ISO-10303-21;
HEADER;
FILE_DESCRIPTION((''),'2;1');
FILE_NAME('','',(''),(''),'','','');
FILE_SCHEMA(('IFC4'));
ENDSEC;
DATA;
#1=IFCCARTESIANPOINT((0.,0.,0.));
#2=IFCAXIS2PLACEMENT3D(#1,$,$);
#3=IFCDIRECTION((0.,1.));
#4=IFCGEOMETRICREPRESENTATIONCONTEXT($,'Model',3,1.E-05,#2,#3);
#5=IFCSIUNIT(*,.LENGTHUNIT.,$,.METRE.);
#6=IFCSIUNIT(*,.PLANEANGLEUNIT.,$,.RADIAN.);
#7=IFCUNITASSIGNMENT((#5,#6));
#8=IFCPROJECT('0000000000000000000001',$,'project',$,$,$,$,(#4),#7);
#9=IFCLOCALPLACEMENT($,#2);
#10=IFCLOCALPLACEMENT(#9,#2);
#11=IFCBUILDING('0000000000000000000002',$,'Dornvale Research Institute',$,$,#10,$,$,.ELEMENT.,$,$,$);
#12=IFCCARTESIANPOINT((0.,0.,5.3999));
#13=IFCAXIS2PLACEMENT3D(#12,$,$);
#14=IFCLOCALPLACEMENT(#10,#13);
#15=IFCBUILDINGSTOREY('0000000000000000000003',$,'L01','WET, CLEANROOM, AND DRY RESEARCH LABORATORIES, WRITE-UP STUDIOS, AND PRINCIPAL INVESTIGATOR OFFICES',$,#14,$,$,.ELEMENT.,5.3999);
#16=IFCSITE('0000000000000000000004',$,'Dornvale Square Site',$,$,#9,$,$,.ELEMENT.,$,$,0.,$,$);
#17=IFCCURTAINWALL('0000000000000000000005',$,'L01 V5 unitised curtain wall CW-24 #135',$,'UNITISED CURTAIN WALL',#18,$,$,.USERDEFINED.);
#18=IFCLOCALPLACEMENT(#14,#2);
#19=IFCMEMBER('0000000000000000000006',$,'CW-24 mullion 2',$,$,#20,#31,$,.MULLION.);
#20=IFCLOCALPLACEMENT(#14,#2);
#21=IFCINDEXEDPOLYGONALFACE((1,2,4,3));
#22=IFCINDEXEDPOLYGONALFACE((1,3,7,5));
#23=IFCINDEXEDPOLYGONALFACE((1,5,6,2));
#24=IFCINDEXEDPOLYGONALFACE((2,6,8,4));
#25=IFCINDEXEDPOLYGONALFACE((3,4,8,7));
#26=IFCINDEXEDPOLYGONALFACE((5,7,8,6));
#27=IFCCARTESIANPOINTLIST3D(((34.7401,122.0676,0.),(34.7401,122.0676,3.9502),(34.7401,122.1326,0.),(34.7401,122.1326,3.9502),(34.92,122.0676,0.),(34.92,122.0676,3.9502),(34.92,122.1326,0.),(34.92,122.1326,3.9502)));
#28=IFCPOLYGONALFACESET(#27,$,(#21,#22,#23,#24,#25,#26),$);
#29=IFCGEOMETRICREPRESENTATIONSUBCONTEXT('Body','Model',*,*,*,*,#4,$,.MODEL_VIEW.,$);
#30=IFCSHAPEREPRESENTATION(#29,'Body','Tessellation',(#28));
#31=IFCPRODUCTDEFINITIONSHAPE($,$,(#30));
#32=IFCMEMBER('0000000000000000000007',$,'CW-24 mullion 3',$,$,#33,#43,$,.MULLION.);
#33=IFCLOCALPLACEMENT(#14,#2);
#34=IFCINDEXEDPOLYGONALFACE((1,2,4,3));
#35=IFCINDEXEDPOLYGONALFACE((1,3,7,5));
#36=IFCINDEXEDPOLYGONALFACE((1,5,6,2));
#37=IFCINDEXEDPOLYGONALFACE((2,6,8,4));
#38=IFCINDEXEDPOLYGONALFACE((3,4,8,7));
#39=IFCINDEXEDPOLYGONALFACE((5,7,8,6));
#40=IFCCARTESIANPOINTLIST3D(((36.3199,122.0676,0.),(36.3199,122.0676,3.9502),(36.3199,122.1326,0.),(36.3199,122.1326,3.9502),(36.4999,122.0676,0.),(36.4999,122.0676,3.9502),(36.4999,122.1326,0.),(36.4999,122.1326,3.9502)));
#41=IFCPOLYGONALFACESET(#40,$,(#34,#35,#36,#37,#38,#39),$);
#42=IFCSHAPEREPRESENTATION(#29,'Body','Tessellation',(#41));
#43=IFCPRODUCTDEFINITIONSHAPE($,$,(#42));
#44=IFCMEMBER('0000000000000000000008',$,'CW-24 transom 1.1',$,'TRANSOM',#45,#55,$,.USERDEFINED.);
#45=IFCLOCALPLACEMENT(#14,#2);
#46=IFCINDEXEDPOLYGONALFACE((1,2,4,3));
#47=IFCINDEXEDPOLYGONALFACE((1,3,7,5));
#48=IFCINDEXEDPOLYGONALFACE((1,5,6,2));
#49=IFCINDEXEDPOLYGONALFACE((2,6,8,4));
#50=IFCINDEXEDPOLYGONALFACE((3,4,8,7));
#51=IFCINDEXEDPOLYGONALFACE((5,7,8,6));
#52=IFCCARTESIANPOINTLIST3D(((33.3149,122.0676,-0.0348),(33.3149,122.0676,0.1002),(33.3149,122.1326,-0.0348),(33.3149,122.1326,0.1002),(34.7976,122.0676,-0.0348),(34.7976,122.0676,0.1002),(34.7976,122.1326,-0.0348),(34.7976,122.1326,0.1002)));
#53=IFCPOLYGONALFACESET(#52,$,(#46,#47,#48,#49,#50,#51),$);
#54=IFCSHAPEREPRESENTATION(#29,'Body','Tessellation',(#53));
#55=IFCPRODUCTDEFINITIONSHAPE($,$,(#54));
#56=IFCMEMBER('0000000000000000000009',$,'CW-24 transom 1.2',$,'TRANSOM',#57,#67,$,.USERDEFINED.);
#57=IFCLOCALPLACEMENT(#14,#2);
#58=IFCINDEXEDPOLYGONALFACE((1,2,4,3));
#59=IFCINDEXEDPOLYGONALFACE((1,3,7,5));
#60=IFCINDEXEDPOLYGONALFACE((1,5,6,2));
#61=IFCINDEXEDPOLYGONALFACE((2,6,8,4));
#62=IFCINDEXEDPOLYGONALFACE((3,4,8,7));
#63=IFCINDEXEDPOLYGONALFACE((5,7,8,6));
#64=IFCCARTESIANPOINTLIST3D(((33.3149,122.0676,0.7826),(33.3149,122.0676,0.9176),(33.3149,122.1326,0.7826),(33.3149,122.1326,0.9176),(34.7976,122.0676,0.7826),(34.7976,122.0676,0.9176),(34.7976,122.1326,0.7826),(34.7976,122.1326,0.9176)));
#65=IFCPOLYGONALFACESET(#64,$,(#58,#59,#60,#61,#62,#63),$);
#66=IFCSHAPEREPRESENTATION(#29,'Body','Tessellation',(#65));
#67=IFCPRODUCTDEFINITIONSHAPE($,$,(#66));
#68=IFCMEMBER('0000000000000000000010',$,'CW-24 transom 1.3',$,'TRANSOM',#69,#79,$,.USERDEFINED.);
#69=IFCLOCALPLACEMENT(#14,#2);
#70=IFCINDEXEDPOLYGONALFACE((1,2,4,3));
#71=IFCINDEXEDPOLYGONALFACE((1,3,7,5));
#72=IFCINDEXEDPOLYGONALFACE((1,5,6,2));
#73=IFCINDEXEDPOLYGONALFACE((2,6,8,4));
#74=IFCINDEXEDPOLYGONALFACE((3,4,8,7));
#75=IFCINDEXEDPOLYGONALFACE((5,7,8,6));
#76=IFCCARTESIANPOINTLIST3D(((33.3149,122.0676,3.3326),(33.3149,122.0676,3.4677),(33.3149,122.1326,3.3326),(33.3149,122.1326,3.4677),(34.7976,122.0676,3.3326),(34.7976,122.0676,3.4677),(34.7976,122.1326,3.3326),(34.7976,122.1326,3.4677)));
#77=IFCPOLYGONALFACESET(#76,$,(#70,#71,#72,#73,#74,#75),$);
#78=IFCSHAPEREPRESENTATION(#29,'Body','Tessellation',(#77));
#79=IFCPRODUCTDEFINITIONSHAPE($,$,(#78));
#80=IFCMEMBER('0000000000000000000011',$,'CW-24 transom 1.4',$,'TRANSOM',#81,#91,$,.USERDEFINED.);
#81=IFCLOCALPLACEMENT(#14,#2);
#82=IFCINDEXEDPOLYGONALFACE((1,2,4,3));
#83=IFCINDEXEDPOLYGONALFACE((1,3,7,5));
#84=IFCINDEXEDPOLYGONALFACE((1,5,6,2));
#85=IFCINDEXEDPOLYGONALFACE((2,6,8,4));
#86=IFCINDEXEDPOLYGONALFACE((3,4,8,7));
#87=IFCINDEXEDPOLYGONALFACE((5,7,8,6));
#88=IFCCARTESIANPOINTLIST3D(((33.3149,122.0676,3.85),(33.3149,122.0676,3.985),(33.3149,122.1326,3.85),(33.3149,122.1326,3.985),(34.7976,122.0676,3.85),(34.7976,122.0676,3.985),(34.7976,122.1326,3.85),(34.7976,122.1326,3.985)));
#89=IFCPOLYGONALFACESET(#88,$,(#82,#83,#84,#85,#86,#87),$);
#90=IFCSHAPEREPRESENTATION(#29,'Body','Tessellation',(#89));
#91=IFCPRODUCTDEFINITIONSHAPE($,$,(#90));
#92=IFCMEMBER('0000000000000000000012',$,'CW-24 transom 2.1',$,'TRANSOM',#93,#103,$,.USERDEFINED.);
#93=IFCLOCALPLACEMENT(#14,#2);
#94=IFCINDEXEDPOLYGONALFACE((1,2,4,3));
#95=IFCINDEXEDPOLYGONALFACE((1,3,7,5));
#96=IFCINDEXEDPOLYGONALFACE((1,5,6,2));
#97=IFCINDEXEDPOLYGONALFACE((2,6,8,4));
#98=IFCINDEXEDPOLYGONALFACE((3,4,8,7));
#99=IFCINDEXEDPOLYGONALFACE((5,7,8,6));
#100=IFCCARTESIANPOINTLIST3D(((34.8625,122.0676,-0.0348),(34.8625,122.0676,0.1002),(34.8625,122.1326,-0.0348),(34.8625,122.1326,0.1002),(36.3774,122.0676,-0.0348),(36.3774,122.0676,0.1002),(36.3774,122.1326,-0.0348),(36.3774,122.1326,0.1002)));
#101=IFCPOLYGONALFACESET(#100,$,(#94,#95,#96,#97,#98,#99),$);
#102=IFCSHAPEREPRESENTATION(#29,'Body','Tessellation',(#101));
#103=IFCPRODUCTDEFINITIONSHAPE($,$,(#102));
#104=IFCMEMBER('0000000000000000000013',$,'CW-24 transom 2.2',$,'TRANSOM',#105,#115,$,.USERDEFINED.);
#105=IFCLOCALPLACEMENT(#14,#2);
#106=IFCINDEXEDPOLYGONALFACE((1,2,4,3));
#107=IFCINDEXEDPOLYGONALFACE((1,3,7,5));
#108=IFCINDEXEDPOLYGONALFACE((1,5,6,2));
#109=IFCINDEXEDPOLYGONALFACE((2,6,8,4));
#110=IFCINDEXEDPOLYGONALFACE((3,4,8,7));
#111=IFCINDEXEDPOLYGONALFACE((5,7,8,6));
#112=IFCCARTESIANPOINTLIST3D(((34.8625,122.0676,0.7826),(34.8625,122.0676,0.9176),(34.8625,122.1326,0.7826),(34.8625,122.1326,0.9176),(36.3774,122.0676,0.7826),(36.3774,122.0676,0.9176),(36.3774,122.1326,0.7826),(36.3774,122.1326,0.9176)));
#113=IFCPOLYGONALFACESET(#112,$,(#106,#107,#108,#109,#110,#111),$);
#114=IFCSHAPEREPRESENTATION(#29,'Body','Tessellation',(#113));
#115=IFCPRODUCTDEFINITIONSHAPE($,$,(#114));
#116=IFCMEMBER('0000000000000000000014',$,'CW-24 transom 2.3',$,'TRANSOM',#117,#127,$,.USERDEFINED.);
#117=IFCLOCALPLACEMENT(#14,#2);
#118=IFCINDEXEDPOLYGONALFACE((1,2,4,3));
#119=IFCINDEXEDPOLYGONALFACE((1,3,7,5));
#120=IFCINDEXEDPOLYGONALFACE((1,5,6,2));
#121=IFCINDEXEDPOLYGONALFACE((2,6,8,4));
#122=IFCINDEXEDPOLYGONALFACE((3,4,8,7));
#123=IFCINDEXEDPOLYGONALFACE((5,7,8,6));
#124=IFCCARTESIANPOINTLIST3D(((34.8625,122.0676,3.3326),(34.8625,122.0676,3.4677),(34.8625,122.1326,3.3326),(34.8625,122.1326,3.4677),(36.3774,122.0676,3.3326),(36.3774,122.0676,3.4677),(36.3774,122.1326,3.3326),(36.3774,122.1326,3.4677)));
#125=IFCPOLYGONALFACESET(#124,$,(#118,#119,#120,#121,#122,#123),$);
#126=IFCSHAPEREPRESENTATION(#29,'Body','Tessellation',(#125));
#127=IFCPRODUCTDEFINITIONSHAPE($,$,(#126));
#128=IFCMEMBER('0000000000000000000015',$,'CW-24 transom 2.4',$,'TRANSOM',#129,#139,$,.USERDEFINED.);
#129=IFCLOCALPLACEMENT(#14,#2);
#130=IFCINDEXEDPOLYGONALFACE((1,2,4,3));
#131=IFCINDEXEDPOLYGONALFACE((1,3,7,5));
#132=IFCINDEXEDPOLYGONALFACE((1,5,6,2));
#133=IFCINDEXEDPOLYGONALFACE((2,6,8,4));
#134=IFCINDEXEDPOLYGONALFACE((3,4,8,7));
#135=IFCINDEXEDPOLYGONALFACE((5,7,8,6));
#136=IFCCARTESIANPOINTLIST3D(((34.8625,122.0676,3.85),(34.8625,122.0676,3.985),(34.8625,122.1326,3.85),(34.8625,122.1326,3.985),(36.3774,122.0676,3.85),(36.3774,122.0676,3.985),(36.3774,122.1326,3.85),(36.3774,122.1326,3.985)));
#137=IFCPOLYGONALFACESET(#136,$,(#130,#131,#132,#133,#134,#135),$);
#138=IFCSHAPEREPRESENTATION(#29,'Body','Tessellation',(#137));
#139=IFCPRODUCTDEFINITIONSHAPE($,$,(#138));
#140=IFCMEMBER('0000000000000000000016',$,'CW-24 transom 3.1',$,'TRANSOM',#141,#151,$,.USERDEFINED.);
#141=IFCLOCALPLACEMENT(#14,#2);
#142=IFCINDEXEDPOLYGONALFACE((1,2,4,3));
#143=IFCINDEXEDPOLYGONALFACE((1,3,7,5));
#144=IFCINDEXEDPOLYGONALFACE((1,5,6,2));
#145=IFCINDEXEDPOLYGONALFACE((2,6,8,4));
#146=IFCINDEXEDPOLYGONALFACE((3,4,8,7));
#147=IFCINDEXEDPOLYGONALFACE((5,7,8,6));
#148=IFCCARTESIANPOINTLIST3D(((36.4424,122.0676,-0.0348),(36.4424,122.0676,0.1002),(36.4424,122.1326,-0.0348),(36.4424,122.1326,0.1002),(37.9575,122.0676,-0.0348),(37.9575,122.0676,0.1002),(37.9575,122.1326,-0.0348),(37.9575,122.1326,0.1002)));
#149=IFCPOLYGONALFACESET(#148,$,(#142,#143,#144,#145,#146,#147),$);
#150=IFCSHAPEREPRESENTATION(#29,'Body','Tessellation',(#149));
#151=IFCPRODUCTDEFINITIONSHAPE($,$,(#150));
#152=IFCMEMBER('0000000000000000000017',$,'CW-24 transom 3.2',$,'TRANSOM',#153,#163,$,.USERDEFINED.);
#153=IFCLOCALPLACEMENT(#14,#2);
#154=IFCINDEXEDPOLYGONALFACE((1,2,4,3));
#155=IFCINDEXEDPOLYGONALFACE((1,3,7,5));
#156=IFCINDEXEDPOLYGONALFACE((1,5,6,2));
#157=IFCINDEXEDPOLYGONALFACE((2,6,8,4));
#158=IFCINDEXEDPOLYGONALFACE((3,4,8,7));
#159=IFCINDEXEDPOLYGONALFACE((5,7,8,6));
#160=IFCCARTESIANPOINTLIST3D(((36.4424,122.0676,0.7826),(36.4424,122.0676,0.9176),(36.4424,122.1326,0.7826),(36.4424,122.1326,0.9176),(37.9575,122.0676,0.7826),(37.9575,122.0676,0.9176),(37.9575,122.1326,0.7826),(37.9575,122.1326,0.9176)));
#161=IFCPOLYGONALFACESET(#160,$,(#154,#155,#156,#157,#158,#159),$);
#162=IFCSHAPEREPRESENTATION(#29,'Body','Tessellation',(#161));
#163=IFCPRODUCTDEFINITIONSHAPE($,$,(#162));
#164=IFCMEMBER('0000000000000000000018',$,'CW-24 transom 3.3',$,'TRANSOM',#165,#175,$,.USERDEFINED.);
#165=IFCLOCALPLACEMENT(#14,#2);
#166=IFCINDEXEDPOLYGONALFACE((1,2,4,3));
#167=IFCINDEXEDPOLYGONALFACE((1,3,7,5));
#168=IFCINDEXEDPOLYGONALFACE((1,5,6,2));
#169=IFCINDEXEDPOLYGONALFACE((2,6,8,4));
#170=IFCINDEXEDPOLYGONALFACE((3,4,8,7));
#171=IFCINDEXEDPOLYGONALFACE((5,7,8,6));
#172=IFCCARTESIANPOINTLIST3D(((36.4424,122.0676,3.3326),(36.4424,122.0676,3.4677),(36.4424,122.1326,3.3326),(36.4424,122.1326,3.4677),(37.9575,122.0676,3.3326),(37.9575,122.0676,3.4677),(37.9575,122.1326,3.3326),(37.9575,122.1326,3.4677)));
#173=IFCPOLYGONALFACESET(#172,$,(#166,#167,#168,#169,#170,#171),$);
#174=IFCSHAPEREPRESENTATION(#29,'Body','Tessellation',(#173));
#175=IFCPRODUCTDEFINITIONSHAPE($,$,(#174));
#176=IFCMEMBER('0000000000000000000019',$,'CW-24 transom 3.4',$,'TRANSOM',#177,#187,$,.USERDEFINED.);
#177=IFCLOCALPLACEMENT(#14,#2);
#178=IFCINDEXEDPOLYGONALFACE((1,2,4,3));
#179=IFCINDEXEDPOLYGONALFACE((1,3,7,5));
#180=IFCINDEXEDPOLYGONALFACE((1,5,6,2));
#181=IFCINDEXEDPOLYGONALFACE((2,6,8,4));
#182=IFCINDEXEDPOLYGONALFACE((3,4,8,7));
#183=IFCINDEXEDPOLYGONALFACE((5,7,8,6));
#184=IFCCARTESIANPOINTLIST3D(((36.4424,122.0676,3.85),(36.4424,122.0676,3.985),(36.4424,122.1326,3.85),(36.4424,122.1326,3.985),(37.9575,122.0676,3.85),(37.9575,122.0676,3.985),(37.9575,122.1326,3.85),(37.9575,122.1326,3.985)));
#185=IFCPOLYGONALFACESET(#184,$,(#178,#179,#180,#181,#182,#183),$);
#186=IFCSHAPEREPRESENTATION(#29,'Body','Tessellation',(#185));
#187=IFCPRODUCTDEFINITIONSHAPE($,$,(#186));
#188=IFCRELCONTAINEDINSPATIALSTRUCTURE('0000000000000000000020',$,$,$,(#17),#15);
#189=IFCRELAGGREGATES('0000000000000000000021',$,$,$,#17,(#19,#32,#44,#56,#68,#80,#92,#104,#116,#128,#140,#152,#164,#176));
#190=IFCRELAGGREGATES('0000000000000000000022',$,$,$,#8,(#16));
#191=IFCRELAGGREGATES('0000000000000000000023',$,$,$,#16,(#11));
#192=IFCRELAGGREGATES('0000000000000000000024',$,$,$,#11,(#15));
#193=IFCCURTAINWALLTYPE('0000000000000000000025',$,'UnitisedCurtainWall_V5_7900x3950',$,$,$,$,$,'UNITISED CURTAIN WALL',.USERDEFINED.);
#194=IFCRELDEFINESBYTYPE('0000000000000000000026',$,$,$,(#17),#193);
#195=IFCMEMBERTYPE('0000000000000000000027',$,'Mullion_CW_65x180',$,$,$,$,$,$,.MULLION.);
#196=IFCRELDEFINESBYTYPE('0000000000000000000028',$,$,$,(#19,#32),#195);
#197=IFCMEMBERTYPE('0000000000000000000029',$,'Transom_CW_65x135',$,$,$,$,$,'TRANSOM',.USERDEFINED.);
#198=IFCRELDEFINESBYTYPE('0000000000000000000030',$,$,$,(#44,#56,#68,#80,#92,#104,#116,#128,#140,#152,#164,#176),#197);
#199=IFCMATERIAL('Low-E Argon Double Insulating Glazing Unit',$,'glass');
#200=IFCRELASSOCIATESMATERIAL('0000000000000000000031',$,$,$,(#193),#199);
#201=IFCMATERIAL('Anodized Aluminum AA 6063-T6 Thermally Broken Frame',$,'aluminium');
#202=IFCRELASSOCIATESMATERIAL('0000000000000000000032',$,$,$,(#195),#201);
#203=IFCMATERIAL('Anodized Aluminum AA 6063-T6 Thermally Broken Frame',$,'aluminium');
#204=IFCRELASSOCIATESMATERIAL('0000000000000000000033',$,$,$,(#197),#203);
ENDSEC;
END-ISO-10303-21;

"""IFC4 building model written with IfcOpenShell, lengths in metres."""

from ifc_helpers import new_model, si_unit, direction, frame, origin, origin_2d, place, context, subcontext, project, spatial, rectangle, extrude, material, material_profile, profile_set, type_object, element, aggregate, save


model = new_model("IFC4")

# Units and contexts
model_context = context("Model", 3, precision=1e-05, world=origin(), true_north=direction((0.0, 1.0)))
body_context = subcontext(model_context, "Body", "Model", "MODEL_VIEW")
ifc_project = project(units=[si_unit("LENGTHUNIT", "METRE"), si_unit("PLANEANGLEUNIT", "RADIAN")], contexts=[model_context])

# Site, building, storey
site_placement = place(None, origin())
site = spatial("IfcSite", under=ifc_project, at=site_placement, Name="Dornvale Square Site", CompositionType="ELEMENT", RefElevation=0.0)
building_placement = place(site_placement, origin())
building = spatial("IfcBuilding", under=site, at=building_placement, Name="Dornvale Research Institute", CompositionType="ELEMENT")
storey_placement = place(building_placement, frame((0.0, 0.0, 5.3999)))
storey = spatial("IfcBuildingStorey", under=building, at=storey_placement, Name="L01", Description="WET, CLEANROOM, AND DRY RESEARCH LABORATORIES, WRITE-UP STUDIOS, AND PRINCIPAL INVESTIGATOR OFFICES", CompositionType="ELEMENT", Elevation=5.3999)

# Curtain wall, members
ifc_material_1 = material(Name="Low-E Argon Double Insulating Glazing Unit", Category="glass")
curtain_wall_type = type_object("IfcCurtainWallType", Name="UnitisedCurtainWall_V5_7900x3950", ElementType="UNITISED CURTAIN WALL", PredefinedType="USERDEFINED", material=ifc_material_1)
curtain_wall_placement = place(storey_placement, origin())
curtain_wall = element("IfcCurtainWall", 1, at=curtain_wall_placement, inside=storey, type_object=curtain_wall_type, Name="L01 V5 unitised curtain wall CW-24 #135", ObjectType="UNITISED CURTAIN WALL", PredefinedType="USERDEFINED")
ifc_material_2 = material(Name="Anodized Aluminum AA 6063-T6 Thermally Broken Frame", Category="aluminium")
ifc_material_profile_1 = material_profile(ifc_material_2, rectangle(XDim=0.0649, YDim=0.1799, at=origin_2d()), Name="ALU MULLION 65x180")
ifc_profile_set_1 = profile_set([ifc_material_profile_1], Name="Anodized Aluminum AA 6063-T6 Thermally Broken Frame")
member_type_1 = type_object("IfcMemberType", Name="Mullion_CW_65x180", PredefinedType="MULLION", material=ifc_profile_set_1)
member_1_placement = place(storey_placement, frame((34.8301, 122.1001, 0.0), z_axis=(0.0, 0.0, 1.0), x_axis=(0.0, 1.0, 0.0)))
member_1 = element("IfcMember", 2, at=member_1_placement, type_object=member_type_1, Name="CW-24 mullion 2", PredefinedType="MULLION", context=body_context, shape_type="SweptSolid", body=[
    extrude(rectangle(XDim=0.0649, YDim=0.1799, at=origin_2d()), origin(), (0.0, 0.0, 1.0), 3.9502),
])
member_2_placement = place(storey_placement, frame((36.4099, 122.1001, 0.0), z_axis=(0.0, 0.0, 1.0), x_axis=(0.0, 1.0, 0.0)))
member_2 = element("IfcMember", 3, at=member_2_placement, type_object=member_type_1, Name="CW-24 mullion 3", PredefinedType="MULLION", context=body_context, shape_type="SweptSolid", body=[
    extrude(rectangle(XDim=0.0649, YDim=0.1799, at=origin_2d()), origin(), (0.0, 0.0, 1.0), 3.9502),
])
ifc_material_3 = material(Name="Anodized Aluminum AA 6063-T6 Thermally Broken Frame", Category="aluminium")
ifc_material_profile_2 = material_profile(ifc_material_3, rectangle(XDim=0.0649, YDim=0.135, at=origin_2d()), Name="ALU TRANSOM 65x135")
ifc_profile_set_2 = profile_set([ifc_material_profile_2], Name="Anodized Aluminum AA 6063-T6 Thermally Broken Frame")
member_type_2 = type_object("IfcMemberType", Name="Transom_CW_65x135", ElementType="TRANSOM", PredefinedType="USERDEFINED", material=ifc_profile_set_2)
member_3_placement = place(storey_placement, frame((33.3149, 122.1001, 0.0327), z_axis=(1.0, 0.0, 0.0), x_axis=(0.0, 1.0, 0.0)))
member_3 = element("IfcMember", 4, at=member_3_placement, type_object=member_type_2, Name="CW-24 transom 1.1", ObjectType="TRANSOM", PredefinedType="USERDEFINED", context=body_context, shape_type="SweptSolid", body=[
    extrude(rectangle(XDim=0.0649, YDim=0.135, at=origin_2d()), origin(), (0.0, 0.0, 1.0), 1.4827),
])
member_4_placement = place(storey_placement, frame((33.3149, 122.1001, 0.8501), z_axis=(1.0, 0.0, 0.0), x_axis=(0.0, 1.0, 0.0)))
member_4 = element("IfcMember", 5, at=member_4_placement, type_object=member_type_2, Name="CW-24 transom 1.2", ObjectType="TRANSOM", PredefinedType="USERDEFINED", context=body_context, shape_type="SweptSolid", body=[
    extrude(rectangle(XDim=0.0649, YDim=0.135, at=origin_2d()), origin(), (0.0, 0.0, 1.0), 1.4827),
])
member_5_placement = place(storey_placement, frame((33.3149, 122.1001, 3.4001), z_axis=(1.0, 0.0, 0.0), x_axis=(0.0, 1.0, 0.0)))
member_5 = element("IfcMember", 6, at=member_5_placement, type_object=member_type_2, Name="CW-24 transom 1.3", ObjectType="TRANSOM", PredefinedType="USERDEFINED", context=body_context, shape_type="SweptSolid", body=[
    extrude(rectangle(XDim=0.0649, YDim=0.135, at=origin_2d()), origin(), (0.0, 0.0, 1.0), 1.4827),
])
member_6_placement = place(storey_placement, frame((33.3149, 122.1001, 3.9175), z_axis=(1.0, 0.0, 0.0), x_axis=(0.0, 1.0, 0.0)))
member_6 = element("IfcMember", 7, at=member_6_placement, type_object=member_type_2, Name="CW-24 transom 1.4", ObjectType="TRANSOM", PredefinedType="USERDEFINED", context=body_context, shape_type="SweptSolid", body=[
    extrude(rectangle(XDim=0.0649, YDim=0.135, at=origin_2d()), origin(), (0.0, 0.0, 1.0), 1.4827),
])
member_7_placement = place(storey_placement, frame((34.8625, 122.1001, 0.0327), z_axis=(1.0, 0.0, 0.0), x_axis=(0.0, 1.0, 0.0)))
member_7 = element("IfcMember", 8, at=member_7_placement, type_object=member_type_2, Name="CW-24 transom 2.1", ObjectType="TRANSOM", PredefinedType="USERDEFINED", context=body_context, shape_type="SweptSolid", body=[
    extrude(rectangle(XDim=0.0649, YDim=0.135, at=origin_2d()), origin(), (0.0, 0.0, 1.0), 1.5149),
])
member_8_placement = place(storey_placement, frame((34.8625, 122.1001, 0.8501), z_axis=(1.0, 0.0, 0.0), x_axis=(0.0, 1.0, 0.0)))
member_8 = element("IfcMember", 9, at=member_8_placement, type_object=member_type_2, Name="CW-24 transom 2.2", ObjectType="TRANSOM", PredefinedType="USERDEFINED", context=body_context, shape_type="SweptSolid", body=[
    extrude(rectangle(XDim=0.0649, YDim=0.135, at=origin_2d()), origin(), (0.0, 0.0, 1.0), 1.5149),
])
member_9_placement = place(storey_placement, frame((34.8625, 122.1001, 3.4001), z_axis=(1.0, 0.0, 0.0), x_axis=(0.0, 1.0, 0.0)))
member_9 = element("IfcMember", 10, at=member_9_placement, type_object=member_type_2, Name="CW-24 transom 2.3", ObjectType="TRANSOM", PredefinedType="USERDEFINED", context=body_context, shape_type="SweptSolid", body=[
    extrude(rectangle(XDim=0.0649, YDim=0.135, at=origin_2d()), origin(), (0.0, 0.0, 1.0), 1.5149),
])
member_10_placement = place(storey_placement, frame((34.8625, 122.1001, 3.9175), z_axis=(1.0, 0.0, 0.0), x_axis=(0.0, 1.0, 0.0)))
member_10 = element("IfcMember", 11, at=member_10_placement, type_object=member_type_2, Name="CW-24 transom 2.4", ObjectType="TRANSOM", PredefinedType="USERDEFINED", context=body_context, shape_type="SweptSolid", body=[
    extrude(rectangle(XDim=0.0649, YDim=0.135, at=origin_2d()), origin(), (0.0, 0.0, 1.0), 1.5149),
])
member_11_placement = place(storey_placement, frame((36.4424, 122.1001, 0.0327), z_axis=(1.0, 0.0, 0.0), x_axis=(0.0, 1.0, 0.0)))
member_11 = element("IfcMember", 12, at=member_11_placement, type_object=member_type_2, Name="CW-24 transom 3.1", ObjectType="TRANSOM", PredefinedType="USERDEFINED", context=body_context, shape_type="SweptSolid", body=[
    extrude(rectangle(XDim=0.0649, YDim=0.135, at=origin_2d()), origin(), (0.0, 0.0, 1.0), 1.5151),
])
member_12_placement = place(storey_placement, frame((36.4424, 122.1001, 0.8501), z_axis=(1.0, 0.0, 0.0), x_axis=(0.0, 1.0, 0.0)))
member_12 = element("IfcMember", 13, at=member_12_placement, type_object=member_type_2, Name="CW-24 transom 3.2", ObjectType="TRANSOM", PredefinedType="USERDEFINED", context=body_context, shape_type="SweptSolid", body=[
    extrude(rectangle(XDim=0.0649, YDim=0.135, at=origin_2d()), origin(), (0.0, 0.0, 1.0), 1.5151),
])
member_13_placement = place(storey_placement, frame((36.4424, 122.1001, 3.4001), z_axis=(1.0, 0.0, 0.0), x_axis=(0.0, 1.0, 0.0)))
member_13 = element("IfcMember", 14, at=member_13_placement, type_object=member_type_2, Name="CW-24 transom 3.3", ObjectType="TRANSOM", PredefinedType="USERDEFINED", context=body_context, shape_type="SweptSolid", body=[
    extrude(rectangle(XDim=0.0649, YDim=0.135, at=origin_2d()), origin(), (0.0, 0.0, 1.0), 1.5151),
])
member_14_placement = place(storey_placement, frame((36.4424, 122.1001, 3.9175), z_axis=(1.0, 0.0, 0.0), x_axis=(0.0, 1.0, 0.0)))
member_14 = element("IfcMember", 15, at=member_14_placement, type_object=member_type_2, Name="CW-24 transom 3.4", ObjectType="TRANSOM", PredefinedType="USERDEFINED", context=body_context, shape_type="SweptSolid", body=[
    extrude(rectangle(XDim=0.0649, YDim=0.135, at=origin_2d()), origin(), (0.0, 0.0, 1.0), 1.5151),
])
aggregate(curtain_wall, [member_1, member_2, member_3, member_4, member_5, member_6, member_7, member_8, member_9, member_10, member_11, member_12, member_13, member_14])

save(model, "model.ifc")
